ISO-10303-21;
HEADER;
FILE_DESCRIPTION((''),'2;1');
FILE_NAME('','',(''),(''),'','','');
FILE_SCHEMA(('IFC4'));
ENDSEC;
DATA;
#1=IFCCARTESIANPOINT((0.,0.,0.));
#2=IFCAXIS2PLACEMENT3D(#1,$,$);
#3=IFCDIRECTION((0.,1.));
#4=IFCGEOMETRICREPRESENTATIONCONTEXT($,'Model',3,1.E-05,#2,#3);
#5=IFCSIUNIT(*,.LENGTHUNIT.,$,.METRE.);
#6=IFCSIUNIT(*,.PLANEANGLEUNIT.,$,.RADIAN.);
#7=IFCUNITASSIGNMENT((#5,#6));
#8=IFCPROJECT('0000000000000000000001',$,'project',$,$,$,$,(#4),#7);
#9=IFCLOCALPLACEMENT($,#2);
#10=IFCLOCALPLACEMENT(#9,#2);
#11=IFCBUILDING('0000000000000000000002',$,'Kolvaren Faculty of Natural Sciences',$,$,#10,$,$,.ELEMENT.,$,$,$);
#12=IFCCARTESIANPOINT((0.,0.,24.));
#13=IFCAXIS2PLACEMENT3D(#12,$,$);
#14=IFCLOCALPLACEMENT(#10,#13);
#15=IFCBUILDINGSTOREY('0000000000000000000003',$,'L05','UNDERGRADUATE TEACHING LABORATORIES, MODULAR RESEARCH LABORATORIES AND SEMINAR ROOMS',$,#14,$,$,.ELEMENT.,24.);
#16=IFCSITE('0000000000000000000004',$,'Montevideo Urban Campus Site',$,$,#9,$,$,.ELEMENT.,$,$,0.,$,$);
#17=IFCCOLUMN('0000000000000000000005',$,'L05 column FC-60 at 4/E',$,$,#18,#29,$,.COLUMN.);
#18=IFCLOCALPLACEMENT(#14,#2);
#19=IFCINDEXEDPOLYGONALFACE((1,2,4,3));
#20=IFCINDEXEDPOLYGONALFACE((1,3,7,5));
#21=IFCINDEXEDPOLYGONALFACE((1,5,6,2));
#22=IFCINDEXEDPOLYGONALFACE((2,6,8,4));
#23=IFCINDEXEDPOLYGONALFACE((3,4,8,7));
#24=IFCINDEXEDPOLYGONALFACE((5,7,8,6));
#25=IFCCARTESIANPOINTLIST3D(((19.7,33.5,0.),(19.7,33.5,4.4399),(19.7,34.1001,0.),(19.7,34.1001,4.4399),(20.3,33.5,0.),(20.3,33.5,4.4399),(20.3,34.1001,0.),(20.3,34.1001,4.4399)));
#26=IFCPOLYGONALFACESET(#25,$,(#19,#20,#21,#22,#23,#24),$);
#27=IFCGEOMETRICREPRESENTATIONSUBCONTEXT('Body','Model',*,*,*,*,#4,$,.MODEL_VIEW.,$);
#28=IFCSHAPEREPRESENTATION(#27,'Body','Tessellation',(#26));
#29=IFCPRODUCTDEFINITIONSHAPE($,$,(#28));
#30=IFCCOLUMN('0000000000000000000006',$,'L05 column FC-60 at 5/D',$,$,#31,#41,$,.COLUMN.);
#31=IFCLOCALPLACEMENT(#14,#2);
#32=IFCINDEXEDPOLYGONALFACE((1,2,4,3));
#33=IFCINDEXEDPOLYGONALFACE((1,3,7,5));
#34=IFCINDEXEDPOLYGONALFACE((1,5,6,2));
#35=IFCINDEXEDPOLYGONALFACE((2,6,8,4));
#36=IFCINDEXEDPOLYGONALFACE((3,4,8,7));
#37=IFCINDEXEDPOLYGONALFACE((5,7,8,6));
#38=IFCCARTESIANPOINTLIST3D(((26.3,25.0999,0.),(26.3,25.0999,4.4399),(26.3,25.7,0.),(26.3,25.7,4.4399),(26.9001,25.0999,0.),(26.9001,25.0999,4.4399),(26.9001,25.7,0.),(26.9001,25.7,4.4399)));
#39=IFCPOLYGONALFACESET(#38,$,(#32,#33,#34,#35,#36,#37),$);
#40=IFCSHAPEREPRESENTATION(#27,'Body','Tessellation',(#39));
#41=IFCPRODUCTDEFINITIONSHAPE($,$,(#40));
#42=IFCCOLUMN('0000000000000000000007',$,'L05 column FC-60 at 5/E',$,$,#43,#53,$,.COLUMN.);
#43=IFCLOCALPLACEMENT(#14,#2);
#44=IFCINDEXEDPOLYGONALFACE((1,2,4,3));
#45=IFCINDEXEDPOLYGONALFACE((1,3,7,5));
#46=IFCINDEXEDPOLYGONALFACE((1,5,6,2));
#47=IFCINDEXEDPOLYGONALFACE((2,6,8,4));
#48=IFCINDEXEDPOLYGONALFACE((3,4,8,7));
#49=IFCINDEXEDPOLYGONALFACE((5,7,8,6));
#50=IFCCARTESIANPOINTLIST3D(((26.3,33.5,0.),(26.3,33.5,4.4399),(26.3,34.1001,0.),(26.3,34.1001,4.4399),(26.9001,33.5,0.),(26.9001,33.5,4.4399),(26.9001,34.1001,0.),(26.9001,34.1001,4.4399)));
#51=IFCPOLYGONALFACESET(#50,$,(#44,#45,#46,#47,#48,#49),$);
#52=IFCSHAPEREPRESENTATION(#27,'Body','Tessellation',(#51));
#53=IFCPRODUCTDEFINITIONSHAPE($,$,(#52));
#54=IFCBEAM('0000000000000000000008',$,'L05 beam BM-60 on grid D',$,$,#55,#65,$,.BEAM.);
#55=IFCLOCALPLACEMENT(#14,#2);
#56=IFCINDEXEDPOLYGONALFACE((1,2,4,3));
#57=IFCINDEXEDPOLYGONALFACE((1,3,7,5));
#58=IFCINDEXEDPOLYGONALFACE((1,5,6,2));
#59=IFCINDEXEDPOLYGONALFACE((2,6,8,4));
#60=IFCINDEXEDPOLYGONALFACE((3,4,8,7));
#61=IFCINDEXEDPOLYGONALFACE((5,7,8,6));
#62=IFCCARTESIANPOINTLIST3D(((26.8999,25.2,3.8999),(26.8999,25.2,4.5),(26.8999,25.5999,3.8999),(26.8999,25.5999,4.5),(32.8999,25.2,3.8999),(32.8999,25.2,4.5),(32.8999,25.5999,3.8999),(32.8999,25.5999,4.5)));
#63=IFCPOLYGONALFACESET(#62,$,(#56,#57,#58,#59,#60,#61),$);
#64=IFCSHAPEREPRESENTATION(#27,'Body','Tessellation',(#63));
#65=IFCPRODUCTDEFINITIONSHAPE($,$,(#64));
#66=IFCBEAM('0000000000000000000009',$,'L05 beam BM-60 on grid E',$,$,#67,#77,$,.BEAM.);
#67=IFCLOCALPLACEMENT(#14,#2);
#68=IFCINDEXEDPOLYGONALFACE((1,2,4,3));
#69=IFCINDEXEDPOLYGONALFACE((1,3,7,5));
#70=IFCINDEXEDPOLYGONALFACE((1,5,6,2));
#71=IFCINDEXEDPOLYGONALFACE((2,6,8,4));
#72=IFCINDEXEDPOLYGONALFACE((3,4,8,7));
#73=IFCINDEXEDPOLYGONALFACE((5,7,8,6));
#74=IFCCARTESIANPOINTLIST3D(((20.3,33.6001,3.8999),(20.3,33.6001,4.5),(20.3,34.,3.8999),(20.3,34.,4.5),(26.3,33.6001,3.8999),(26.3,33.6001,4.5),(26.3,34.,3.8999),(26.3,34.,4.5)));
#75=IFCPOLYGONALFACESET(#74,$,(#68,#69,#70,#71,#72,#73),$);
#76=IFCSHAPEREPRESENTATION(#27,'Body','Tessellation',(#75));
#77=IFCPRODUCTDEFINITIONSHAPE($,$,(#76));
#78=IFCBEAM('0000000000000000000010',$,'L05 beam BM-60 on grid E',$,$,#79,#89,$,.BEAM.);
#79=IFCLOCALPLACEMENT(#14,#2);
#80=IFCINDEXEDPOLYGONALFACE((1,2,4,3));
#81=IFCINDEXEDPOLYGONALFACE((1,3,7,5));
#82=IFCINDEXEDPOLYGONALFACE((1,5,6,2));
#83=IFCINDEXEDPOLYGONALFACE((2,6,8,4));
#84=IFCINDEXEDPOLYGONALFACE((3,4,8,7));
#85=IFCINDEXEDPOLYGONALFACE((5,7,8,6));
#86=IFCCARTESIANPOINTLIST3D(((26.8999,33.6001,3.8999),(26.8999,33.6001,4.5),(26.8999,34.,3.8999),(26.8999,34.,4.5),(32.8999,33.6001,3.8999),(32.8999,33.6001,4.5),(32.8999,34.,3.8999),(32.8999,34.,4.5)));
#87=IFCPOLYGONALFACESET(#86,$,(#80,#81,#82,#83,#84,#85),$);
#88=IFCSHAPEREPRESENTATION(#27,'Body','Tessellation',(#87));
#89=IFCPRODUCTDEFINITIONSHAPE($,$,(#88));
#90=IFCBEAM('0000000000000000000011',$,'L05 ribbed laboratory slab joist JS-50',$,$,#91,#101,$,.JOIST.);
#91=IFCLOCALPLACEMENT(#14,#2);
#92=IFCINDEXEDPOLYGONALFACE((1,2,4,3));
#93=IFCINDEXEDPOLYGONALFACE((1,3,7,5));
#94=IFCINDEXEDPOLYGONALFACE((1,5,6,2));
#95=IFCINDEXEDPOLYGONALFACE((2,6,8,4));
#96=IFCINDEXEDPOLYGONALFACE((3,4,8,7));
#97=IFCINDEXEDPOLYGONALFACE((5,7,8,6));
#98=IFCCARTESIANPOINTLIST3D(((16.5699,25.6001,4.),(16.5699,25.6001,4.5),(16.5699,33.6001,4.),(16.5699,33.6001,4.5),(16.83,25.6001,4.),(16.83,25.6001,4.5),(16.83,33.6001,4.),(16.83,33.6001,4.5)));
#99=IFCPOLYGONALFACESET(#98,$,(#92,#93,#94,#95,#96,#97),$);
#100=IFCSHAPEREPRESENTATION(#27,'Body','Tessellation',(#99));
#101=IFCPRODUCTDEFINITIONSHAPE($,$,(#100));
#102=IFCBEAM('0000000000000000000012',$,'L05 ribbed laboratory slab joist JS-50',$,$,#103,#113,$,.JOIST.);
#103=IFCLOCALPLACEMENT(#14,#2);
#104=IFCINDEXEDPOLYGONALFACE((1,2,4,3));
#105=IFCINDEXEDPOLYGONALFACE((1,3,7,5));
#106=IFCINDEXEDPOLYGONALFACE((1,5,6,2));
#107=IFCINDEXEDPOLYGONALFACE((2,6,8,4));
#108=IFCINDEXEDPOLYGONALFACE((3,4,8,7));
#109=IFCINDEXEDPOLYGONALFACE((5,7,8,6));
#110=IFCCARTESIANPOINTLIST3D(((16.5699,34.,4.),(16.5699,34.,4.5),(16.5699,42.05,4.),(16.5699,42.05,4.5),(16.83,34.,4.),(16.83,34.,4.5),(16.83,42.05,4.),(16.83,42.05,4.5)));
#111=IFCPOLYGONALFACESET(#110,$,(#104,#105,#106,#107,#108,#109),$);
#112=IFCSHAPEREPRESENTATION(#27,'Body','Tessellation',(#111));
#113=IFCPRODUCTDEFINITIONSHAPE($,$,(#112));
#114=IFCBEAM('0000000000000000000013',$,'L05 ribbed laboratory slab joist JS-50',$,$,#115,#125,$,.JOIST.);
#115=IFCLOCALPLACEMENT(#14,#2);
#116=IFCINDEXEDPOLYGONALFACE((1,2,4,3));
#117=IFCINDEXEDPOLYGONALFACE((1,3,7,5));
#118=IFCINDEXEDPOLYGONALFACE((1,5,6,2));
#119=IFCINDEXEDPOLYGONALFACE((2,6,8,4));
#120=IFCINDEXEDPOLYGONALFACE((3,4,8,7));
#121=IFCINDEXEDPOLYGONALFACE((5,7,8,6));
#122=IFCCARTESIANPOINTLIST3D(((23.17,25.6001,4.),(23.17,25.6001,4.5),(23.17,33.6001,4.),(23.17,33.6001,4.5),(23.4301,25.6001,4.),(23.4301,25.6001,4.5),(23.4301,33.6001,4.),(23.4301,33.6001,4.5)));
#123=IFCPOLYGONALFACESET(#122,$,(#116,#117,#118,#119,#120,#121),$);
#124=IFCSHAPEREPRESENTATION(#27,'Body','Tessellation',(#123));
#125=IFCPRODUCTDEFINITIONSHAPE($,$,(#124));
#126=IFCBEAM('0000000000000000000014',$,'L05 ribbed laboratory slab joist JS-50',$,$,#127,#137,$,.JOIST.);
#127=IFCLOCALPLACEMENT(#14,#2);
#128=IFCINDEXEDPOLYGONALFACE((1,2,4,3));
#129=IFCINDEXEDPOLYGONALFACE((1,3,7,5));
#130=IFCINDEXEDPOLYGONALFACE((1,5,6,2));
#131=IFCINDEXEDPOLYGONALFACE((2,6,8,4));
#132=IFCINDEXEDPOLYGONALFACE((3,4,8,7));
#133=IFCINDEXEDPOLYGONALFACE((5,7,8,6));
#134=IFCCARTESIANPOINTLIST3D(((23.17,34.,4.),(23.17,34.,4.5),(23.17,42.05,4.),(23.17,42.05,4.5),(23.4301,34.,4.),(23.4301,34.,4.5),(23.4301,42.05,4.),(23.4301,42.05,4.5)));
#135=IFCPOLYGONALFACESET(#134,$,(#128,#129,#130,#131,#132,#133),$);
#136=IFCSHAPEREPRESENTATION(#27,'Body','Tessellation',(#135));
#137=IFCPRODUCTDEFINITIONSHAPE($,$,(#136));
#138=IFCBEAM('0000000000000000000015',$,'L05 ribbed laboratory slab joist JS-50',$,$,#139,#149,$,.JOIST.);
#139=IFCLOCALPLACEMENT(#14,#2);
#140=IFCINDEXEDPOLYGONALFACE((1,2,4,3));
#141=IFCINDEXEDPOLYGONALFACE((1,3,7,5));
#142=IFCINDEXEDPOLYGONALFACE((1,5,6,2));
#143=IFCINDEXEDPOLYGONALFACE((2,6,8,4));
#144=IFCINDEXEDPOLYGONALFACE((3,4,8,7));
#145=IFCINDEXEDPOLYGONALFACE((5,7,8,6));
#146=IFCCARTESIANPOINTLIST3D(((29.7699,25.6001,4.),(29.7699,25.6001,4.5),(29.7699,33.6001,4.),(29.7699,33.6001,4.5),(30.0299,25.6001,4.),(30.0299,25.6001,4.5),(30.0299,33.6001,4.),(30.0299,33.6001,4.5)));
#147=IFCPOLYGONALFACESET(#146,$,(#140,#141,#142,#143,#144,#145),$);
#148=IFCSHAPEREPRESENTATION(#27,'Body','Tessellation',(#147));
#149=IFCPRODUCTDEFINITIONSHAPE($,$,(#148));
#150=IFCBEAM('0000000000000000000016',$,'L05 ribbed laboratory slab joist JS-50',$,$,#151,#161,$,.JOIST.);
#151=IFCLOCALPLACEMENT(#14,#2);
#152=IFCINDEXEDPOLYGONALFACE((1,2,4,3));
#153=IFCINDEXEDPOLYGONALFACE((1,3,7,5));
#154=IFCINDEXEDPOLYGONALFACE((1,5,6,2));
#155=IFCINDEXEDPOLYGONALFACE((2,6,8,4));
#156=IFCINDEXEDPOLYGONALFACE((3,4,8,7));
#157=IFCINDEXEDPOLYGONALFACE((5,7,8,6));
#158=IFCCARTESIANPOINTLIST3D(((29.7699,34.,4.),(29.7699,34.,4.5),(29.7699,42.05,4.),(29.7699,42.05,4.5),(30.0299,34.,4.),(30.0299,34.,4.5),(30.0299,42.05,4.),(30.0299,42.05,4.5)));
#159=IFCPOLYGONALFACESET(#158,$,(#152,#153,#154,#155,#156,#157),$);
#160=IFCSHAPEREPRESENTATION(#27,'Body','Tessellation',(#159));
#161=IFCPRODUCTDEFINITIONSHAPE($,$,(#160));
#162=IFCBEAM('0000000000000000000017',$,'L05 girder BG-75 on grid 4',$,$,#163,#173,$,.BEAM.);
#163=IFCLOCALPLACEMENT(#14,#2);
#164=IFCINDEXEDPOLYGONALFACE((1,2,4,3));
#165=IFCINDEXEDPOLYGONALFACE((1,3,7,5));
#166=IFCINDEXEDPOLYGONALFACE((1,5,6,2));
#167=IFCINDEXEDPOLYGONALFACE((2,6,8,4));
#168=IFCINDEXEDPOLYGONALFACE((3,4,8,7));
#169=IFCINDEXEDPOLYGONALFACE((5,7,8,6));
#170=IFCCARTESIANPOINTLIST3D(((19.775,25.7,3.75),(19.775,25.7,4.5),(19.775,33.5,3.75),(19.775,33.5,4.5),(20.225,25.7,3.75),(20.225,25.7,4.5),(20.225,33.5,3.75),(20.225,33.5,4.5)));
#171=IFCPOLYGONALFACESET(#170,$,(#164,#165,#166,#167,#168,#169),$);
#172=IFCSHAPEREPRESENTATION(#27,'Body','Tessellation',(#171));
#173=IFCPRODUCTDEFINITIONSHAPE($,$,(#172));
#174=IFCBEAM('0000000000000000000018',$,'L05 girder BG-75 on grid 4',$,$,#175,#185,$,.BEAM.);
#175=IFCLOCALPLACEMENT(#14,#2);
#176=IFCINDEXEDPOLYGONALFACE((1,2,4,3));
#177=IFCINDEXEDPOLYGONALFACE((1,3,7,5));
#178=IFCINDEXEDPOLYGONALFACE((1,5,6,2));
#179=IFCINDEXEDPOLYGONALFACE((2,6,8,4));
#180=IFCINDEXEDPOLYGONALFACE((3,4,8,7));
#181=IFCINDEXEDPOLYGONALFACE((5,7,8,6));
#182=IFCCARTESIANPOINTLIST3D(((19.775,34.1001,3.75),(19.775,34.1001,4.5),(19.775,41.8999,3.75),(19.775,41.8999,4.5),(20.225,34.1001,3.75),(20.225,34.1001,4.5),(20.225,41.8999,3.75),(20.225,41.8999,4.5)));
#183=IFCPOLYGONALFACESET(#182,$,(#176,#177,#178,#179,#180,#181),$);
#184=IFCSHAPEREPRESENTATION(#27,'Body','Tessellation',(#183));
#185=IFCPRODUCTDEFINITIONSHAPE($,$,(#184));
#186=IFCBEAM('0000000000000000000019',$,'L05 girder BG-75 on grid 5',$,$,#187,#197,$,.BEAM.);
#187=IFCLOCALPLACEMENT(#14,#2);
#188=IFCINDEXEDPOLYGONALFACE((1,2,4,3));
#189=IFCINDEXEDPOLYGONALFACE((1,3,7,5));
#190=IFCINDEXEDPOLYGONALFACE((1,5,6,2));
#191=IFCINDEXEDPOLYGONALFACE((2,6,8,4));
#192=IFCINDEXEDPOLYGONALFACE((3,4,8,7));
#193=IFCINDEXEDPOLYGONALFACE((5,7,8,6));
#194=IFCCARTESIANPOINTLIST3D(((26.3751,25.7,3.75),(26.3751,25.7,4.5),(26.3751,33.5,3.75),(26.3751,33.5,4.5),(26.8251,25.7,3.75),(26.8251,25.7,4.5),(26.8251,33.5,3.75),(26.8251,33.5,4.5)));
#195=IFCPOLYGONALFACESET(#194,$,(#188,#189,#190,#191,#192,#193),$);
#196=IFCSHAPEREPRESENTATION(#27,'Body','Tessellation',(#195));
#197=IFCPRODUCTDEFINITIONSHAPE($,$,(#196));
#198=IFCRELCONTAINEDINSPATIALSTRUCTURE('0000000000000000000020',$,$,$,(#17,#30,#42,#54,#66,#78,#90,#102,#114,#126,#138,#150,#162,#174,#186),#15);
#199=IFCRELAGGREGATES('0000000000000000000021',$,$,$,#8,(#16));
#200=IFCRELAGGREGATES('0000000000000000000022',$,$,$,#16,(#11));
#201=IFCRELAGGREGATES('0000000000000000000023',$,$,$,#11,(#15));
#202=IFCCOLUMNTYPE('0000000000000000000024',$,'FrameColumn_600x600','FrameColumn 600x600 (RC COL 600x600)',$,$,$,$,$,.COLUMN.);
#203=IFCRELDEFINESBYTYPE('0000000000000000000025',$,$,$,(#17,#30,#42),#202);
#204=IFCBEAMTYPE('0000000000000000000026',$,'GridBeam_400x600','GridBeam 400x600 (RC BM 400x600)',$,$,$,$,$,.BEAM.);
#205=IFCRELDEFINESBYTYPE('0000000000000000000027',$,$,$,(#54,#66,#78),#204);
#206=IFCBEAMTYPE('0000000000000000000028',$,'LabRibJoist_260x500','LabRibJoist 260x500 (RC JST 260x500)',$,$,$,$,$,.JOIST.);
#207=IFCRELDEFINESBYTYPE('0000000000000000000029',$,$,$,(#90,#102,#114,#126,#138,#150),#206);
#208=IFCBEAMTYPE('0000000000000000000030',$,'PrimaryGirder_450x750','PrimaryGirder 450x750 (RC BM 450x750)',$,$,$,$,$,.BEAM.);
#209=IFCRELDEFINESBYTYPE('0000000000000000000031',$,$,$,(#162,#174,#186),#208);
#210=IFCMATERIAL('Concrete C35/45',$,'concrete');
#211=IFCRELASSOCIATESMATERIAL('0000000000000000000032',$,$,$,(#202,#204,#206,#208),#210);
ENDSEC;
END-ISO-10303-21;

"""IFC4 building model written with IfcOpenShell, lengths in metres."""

from ifc_helpers import new_model, si_unit, direction, frame, origin, origin_2d, place, context, subcontext, project, spatial, rectangle, extrude, material, material_profile, profile_set, type_object, element, save


model = new_model("IFC4")

# Units and contexts
model_context = context("Model", 3, precision=1e-05, world=origin(), true_north=direction((0.0, 1.0)))
body_context = subcontext(model_context, "Body", "Model", "MODEL_VIEW")
ifc_project = project(units=[si_unit("LENGTHUNIT", "METRE"), si_unit("PLANEANGLEUNIT", "RADIAN")], contexts=[model_context])

# Site, building, storey
site_placement = place(None, origin())
site = spatial("IfcSite", under=ifc_project, at=site_placement, Name="Montevideo Urban Campus Site", CompositionType="ELEMENT", RefElevation=0.0)
building_placement = place(site_placement, origin())
building = spatial("IfcBuilding", under=site, at=building_placement, Name="Kolvaren Faculty of Natural Sciences", CompositionType="ELEMENT")
storey_placement = place(building_placement, frame((0.0, 0.0, 24.0)))
storey = spatial("IfcBuildingStorey", under=building, at=storey_placement, Name="L05", Description="UNDERGRADUATE TEACHING LABORATORIES, MODULAR RESEARCH LABORATORIES AND SEMINAR ROOMS", CompositionType="ELEMENT", Elevation=24.0)

# Columns
ifc_material_1 = material(Name="Concrete C35/45", Category="concrete")
ifc_material_profile_1 = material_profile(ifc_material_1, rectangle(XDim=0.6001, YDim=0.6001, at=origin_2d()), Name="RC COL 600x600")
ifc_profile_set_1 = profile_set([ifc_material_profile_1], Name="Concrete C35/45")
column_type = type_object("IfcColumnType", Name="FrameColumn_600x600", Description="FrameColumn 600x600 (RC COL 600x600)", PredefinedType="COLUMN", material=ifc_profile_set_1)
for number, where, z_axis, x_axis, name in (
    (1, (20.0, 33.8, 0.0), (0.0, 0.0, 1.0), (1.0, 0.0, 0.0), "L05 column FC-60 at 4/E"),
    (2, (26.6001, 25.3999, 0.0), (0.0, 0.0, 1.0), (1.0, 0.0, 0.0), "L05 column FC-60 at 5/D"),
    (3, (26.6001, 33.8, 0.0), (0.0, 0.0, 1.0), (1.0, 0.0, 0.0), "L05 column FC-60 at 5/E"),
):
    element("IfcColumn", number, at=place(storey_placement, frame(where, z_axis=z_axis, x_axis=x_axis)), inside=storey, type_object=column_type, Name=name, PredefinedType="COLUMN", context=body_context, shape_type="SweptSolid", body=[
        extrude(rectangle(XDim=0.6001, YDim=0.6001, at=origin_2d()), origin(), (0.0, 0.0, 1.0), 4.4399),
    ])

# Beams
ifc_material_profile_2 = material_profile(ifc_material_1, rectangle(XDim=0.3999, YDim=0.6001, at=origin_2d()), Name="RC BM 400x600")
ifc_profile_set_2 = profile_set([ifc_material_profile_2], Name="Concrete C35/45")
beam_type_1 = type_object("IfcBeamType", Name="GridBeam_400x600", Description="GridBeam 400x600 (RC BM 400x600)", PredefinedType="BEAM", material=ifc_profile_set_2)
for number, where, z_axis, x_axis, name in (
    (4, (26.8999, 25.3999, 4.2), (1.0, 0.0, 0.0), (0.0, 1.0, 0.0), "L05 beam BM-60 on grid D"),
    (5, (20.3, 33.8, 4.2), (1.0, 0.0, 0.0), (0.0, 1.0, 0.0), "L05 beam BM-60 on grid E"),
    (6, (26.8999, 33.8, 4.2), (1.0, 0.0, 0.0), (0.0, 1.0, 0.0), "L05 beam BM-60 on grid E"),
):
    element("IfcBeam", number, at=place(storey_placement, frame(where, z_axis=z_axis, x_axis=x_axis)), inside=storey, type_object=beam_type_1, Name=name, PredefinedType="BEAM", context=body_context, shape_type="SweptSolid", body=[
        extrude(rectangle(XDim=0.3999, YDim=0.6001, at=origin_2d()), origin(), (0.0, 0.0, 1.0), 6.0),
    ])
ifc_material_profile_3 = material_profile(ifc_material_1, rectangle(XDim=0.26, YDim=0.5, at=origin_2d()), Name="RC JST 260x500")
ifc_profile_set_3 = profile_set([ifc_material_profile_3], Name="Concrete C35/45")
beam_type_2 = type_object("IfcBeamType", Name="LabRibJoist_260x500", Description="LabRibJoist 260x500 (RC JST 260x500)", PredefinedType="JOIST", material=ifc_profile_set_3)
beam_1_placement = place(storey_placement, frame((16.7, 25.6001, 4.25), z_axis=(0.0, 1.0, 0.0), x_axis=(-1.0, 0.0, 0.0)))
element("IfcBeam", 7, at=beam_1_placement, inside=storey, type_object=beam_type_2, Name="L05 ribbed laboratory slab joist JS-50", PredefinedType="JOIST", context=body_context, shape_type="SweptSolid", body=[
    extrude(rectangle(XDim=0.26, YDim=0.5, at=origin_2d()), origin(), (0.0, 0.0, 1.0), 8.0),
])
beam_2_placement = place(storey_placement, frame((16.7, 34.0, 4.25), z_axis=(0.0, 1.0, 0.0), x_axis=(-1.0, 0.0, 0.0)))
element("IfcBeam", 8, at=beam_2_placement, inside=storey, type_object=beam_type_2, Name="L05 ribbed laboratory slab joist JS-50", PredefinedType="JOIST", context=body_context, shape_type="SweptSolid", body=[
    extrude(rectangle(XDim=0.26, YDim=0.5, at=origin_2d()), origin(), (0.0, 0.0, 1.0), 8.05),
])
beam_3_placement = place(storey_placement, frame((23.3, 25.6001, 4.25), z_axis=(0.0, 1.0, 0.0), x_axis=(-1.0, 0.0, 0.0)))
element("IfcBeam", 9, at=beam_3_placement, inside=storey, type_object=beam_type_2, Name="L05 ribbed laboratory slab joist JS-50", PredefinedType="JOIST", context=body_context, shape_type="SweptSolid", body=[
    extrude(rectangle(XDim=0.26, YDim=0.5, at=origin_2d()), origin(), (0.0, 0.0, 1.0), 8.0),
])
beam_4_placement = place(storey_placement, frame((23.3, 34.0, 4.25), z_axis=(0.0, 1.0, 0.0), x_axis=(-1.0, 0.0, 0.0)))
element("IfcBeam", 10, at=beam_4_placement, inside=storey, type_object=beam_type_2, Name="L05 ribbed laboratory slab joist JS-50", PredefinedType="JOIST", context=body_context, shape_type="SweptSolid", body=[
    extrude(rectangle(XDim=0.26, YDim=0.5, at=origin_2d()), origin(), (0.0, 0.0, 1.0), 8.05),
])
beam_5_placement = place(storey_placement, frame((29.8999, 25.6001, 4.25), z_axis=(0.0, 1.0, 0.0), x_axis=(-1.0, 0.0, 0.0)))
element("IfcBeam", 11, at=beam_5_placement, inside=storey, type_object=beam_type_2, Name="L05 ribbed laboratory slab joist JS-50", PredefinedType="JOIST", context=body_context, shape_type="SweptSolid", body=[
    extrude(rectangle(XDim=0.26, YDim=0.5, at=origin_2d()), origin(), (0.0, 0.0, 1.0), 8.0),
])
beam_6_placement = place(storey_placement, frame((29.8999, 34.0, 4.25), z_axis=(0.0, 1.0, 0.0), x_axis=(-1.0, 0.0, 0.0)))
element("IfcBeam", 12, at=beam_6_placement, inside=storey, type_object=beam_type_2, Name="L05 ribbed laboratory slab joist JS-50", PredefinedType="JOIST", context=body_context, shape_type="SweptSolid", body=[
    extrude(rectangle(XDim=0.26, YDim=0.5, at=origin_2d()), origin(), (0.0, 0.0, 1.0), 8.05),
])
ifc_material_profile_4 = material_profile(ifc_material_1, rectangle(XDim=0.45, YDim=0.75, at=origin_2d()), Name="RC BM 450x750")
ifc_profile_set_4 = profile_set([ifc_material_profile_4], Name="Concrete C35/45")
beam_type_3 = type_object("IfcBeamType", Name="PrimaryGirder_450x750", Description="PrimaryGirder 450x750 (RC BM 450x750)", PredefinedType="BEAM", material=ifc_profile_set_4)
beam_7_placement = place(storey_placement, frame((20.0, 25.7, 4.125), z_axis=(0.0, 1.0, 0.0), x_axis=(-1.0, 0.0, 0.0)))
element("IfcBeam", 13, at=beam_7_placement, inside=storey, type_object=beam_type_3, Name="L05 girder BG-75 on grid 4", PredefinedType="BEAM", context=body_context, shape_type="SweptSolid", body=[
    extrude(rectangle(XDim=0.45, YDim=0.75, at=origin_2d()), origin(), (0.0, 0.0, 1.0), 7.8),
])
beam_8_placement = place(storey_placement, frame((20.0, 34.1001, 4.125), z_axis=(0.0, 1.0, 0.0), x_axis=(-1.0, 0.0, 0.0)))
element("IfcBeam", 14, at=beam_8_placement, inside=storey, type_object=beam_type_3, Name="L05 girder BG-75 on grid 4", PredefinedType="BEAM", context=body_context, shape_type="SweptSolid", body=[
    extrude(rectangle(XDim=0.45, YDim=0.75, at=origin_2d()), origin(), (0.0, 0.0, 1.0), 7.7998),
])
beam_9_placement = place(storey_placement, frame((26.6001, 25.7, 4.125), z_axis=(0.0, 1.0, 0.0), x_axis=(-1.0, 0.0, 0.0)))
element("IfcBeam", 15, at=beam_9_placement, inside=storey, type_object=beam_type_3, Name="L05 girder BG-75 on grid 5", PredefinedType="BEAM", context=body_context, shape_type="SweptSolid", body=[
    extrude(rectangle(XDim=0.45, YDim=0.75, at=origin_2d()), origin(), (0.0, 0.0, 1.0), 7.8),
])

save(model, "model.ifc")
